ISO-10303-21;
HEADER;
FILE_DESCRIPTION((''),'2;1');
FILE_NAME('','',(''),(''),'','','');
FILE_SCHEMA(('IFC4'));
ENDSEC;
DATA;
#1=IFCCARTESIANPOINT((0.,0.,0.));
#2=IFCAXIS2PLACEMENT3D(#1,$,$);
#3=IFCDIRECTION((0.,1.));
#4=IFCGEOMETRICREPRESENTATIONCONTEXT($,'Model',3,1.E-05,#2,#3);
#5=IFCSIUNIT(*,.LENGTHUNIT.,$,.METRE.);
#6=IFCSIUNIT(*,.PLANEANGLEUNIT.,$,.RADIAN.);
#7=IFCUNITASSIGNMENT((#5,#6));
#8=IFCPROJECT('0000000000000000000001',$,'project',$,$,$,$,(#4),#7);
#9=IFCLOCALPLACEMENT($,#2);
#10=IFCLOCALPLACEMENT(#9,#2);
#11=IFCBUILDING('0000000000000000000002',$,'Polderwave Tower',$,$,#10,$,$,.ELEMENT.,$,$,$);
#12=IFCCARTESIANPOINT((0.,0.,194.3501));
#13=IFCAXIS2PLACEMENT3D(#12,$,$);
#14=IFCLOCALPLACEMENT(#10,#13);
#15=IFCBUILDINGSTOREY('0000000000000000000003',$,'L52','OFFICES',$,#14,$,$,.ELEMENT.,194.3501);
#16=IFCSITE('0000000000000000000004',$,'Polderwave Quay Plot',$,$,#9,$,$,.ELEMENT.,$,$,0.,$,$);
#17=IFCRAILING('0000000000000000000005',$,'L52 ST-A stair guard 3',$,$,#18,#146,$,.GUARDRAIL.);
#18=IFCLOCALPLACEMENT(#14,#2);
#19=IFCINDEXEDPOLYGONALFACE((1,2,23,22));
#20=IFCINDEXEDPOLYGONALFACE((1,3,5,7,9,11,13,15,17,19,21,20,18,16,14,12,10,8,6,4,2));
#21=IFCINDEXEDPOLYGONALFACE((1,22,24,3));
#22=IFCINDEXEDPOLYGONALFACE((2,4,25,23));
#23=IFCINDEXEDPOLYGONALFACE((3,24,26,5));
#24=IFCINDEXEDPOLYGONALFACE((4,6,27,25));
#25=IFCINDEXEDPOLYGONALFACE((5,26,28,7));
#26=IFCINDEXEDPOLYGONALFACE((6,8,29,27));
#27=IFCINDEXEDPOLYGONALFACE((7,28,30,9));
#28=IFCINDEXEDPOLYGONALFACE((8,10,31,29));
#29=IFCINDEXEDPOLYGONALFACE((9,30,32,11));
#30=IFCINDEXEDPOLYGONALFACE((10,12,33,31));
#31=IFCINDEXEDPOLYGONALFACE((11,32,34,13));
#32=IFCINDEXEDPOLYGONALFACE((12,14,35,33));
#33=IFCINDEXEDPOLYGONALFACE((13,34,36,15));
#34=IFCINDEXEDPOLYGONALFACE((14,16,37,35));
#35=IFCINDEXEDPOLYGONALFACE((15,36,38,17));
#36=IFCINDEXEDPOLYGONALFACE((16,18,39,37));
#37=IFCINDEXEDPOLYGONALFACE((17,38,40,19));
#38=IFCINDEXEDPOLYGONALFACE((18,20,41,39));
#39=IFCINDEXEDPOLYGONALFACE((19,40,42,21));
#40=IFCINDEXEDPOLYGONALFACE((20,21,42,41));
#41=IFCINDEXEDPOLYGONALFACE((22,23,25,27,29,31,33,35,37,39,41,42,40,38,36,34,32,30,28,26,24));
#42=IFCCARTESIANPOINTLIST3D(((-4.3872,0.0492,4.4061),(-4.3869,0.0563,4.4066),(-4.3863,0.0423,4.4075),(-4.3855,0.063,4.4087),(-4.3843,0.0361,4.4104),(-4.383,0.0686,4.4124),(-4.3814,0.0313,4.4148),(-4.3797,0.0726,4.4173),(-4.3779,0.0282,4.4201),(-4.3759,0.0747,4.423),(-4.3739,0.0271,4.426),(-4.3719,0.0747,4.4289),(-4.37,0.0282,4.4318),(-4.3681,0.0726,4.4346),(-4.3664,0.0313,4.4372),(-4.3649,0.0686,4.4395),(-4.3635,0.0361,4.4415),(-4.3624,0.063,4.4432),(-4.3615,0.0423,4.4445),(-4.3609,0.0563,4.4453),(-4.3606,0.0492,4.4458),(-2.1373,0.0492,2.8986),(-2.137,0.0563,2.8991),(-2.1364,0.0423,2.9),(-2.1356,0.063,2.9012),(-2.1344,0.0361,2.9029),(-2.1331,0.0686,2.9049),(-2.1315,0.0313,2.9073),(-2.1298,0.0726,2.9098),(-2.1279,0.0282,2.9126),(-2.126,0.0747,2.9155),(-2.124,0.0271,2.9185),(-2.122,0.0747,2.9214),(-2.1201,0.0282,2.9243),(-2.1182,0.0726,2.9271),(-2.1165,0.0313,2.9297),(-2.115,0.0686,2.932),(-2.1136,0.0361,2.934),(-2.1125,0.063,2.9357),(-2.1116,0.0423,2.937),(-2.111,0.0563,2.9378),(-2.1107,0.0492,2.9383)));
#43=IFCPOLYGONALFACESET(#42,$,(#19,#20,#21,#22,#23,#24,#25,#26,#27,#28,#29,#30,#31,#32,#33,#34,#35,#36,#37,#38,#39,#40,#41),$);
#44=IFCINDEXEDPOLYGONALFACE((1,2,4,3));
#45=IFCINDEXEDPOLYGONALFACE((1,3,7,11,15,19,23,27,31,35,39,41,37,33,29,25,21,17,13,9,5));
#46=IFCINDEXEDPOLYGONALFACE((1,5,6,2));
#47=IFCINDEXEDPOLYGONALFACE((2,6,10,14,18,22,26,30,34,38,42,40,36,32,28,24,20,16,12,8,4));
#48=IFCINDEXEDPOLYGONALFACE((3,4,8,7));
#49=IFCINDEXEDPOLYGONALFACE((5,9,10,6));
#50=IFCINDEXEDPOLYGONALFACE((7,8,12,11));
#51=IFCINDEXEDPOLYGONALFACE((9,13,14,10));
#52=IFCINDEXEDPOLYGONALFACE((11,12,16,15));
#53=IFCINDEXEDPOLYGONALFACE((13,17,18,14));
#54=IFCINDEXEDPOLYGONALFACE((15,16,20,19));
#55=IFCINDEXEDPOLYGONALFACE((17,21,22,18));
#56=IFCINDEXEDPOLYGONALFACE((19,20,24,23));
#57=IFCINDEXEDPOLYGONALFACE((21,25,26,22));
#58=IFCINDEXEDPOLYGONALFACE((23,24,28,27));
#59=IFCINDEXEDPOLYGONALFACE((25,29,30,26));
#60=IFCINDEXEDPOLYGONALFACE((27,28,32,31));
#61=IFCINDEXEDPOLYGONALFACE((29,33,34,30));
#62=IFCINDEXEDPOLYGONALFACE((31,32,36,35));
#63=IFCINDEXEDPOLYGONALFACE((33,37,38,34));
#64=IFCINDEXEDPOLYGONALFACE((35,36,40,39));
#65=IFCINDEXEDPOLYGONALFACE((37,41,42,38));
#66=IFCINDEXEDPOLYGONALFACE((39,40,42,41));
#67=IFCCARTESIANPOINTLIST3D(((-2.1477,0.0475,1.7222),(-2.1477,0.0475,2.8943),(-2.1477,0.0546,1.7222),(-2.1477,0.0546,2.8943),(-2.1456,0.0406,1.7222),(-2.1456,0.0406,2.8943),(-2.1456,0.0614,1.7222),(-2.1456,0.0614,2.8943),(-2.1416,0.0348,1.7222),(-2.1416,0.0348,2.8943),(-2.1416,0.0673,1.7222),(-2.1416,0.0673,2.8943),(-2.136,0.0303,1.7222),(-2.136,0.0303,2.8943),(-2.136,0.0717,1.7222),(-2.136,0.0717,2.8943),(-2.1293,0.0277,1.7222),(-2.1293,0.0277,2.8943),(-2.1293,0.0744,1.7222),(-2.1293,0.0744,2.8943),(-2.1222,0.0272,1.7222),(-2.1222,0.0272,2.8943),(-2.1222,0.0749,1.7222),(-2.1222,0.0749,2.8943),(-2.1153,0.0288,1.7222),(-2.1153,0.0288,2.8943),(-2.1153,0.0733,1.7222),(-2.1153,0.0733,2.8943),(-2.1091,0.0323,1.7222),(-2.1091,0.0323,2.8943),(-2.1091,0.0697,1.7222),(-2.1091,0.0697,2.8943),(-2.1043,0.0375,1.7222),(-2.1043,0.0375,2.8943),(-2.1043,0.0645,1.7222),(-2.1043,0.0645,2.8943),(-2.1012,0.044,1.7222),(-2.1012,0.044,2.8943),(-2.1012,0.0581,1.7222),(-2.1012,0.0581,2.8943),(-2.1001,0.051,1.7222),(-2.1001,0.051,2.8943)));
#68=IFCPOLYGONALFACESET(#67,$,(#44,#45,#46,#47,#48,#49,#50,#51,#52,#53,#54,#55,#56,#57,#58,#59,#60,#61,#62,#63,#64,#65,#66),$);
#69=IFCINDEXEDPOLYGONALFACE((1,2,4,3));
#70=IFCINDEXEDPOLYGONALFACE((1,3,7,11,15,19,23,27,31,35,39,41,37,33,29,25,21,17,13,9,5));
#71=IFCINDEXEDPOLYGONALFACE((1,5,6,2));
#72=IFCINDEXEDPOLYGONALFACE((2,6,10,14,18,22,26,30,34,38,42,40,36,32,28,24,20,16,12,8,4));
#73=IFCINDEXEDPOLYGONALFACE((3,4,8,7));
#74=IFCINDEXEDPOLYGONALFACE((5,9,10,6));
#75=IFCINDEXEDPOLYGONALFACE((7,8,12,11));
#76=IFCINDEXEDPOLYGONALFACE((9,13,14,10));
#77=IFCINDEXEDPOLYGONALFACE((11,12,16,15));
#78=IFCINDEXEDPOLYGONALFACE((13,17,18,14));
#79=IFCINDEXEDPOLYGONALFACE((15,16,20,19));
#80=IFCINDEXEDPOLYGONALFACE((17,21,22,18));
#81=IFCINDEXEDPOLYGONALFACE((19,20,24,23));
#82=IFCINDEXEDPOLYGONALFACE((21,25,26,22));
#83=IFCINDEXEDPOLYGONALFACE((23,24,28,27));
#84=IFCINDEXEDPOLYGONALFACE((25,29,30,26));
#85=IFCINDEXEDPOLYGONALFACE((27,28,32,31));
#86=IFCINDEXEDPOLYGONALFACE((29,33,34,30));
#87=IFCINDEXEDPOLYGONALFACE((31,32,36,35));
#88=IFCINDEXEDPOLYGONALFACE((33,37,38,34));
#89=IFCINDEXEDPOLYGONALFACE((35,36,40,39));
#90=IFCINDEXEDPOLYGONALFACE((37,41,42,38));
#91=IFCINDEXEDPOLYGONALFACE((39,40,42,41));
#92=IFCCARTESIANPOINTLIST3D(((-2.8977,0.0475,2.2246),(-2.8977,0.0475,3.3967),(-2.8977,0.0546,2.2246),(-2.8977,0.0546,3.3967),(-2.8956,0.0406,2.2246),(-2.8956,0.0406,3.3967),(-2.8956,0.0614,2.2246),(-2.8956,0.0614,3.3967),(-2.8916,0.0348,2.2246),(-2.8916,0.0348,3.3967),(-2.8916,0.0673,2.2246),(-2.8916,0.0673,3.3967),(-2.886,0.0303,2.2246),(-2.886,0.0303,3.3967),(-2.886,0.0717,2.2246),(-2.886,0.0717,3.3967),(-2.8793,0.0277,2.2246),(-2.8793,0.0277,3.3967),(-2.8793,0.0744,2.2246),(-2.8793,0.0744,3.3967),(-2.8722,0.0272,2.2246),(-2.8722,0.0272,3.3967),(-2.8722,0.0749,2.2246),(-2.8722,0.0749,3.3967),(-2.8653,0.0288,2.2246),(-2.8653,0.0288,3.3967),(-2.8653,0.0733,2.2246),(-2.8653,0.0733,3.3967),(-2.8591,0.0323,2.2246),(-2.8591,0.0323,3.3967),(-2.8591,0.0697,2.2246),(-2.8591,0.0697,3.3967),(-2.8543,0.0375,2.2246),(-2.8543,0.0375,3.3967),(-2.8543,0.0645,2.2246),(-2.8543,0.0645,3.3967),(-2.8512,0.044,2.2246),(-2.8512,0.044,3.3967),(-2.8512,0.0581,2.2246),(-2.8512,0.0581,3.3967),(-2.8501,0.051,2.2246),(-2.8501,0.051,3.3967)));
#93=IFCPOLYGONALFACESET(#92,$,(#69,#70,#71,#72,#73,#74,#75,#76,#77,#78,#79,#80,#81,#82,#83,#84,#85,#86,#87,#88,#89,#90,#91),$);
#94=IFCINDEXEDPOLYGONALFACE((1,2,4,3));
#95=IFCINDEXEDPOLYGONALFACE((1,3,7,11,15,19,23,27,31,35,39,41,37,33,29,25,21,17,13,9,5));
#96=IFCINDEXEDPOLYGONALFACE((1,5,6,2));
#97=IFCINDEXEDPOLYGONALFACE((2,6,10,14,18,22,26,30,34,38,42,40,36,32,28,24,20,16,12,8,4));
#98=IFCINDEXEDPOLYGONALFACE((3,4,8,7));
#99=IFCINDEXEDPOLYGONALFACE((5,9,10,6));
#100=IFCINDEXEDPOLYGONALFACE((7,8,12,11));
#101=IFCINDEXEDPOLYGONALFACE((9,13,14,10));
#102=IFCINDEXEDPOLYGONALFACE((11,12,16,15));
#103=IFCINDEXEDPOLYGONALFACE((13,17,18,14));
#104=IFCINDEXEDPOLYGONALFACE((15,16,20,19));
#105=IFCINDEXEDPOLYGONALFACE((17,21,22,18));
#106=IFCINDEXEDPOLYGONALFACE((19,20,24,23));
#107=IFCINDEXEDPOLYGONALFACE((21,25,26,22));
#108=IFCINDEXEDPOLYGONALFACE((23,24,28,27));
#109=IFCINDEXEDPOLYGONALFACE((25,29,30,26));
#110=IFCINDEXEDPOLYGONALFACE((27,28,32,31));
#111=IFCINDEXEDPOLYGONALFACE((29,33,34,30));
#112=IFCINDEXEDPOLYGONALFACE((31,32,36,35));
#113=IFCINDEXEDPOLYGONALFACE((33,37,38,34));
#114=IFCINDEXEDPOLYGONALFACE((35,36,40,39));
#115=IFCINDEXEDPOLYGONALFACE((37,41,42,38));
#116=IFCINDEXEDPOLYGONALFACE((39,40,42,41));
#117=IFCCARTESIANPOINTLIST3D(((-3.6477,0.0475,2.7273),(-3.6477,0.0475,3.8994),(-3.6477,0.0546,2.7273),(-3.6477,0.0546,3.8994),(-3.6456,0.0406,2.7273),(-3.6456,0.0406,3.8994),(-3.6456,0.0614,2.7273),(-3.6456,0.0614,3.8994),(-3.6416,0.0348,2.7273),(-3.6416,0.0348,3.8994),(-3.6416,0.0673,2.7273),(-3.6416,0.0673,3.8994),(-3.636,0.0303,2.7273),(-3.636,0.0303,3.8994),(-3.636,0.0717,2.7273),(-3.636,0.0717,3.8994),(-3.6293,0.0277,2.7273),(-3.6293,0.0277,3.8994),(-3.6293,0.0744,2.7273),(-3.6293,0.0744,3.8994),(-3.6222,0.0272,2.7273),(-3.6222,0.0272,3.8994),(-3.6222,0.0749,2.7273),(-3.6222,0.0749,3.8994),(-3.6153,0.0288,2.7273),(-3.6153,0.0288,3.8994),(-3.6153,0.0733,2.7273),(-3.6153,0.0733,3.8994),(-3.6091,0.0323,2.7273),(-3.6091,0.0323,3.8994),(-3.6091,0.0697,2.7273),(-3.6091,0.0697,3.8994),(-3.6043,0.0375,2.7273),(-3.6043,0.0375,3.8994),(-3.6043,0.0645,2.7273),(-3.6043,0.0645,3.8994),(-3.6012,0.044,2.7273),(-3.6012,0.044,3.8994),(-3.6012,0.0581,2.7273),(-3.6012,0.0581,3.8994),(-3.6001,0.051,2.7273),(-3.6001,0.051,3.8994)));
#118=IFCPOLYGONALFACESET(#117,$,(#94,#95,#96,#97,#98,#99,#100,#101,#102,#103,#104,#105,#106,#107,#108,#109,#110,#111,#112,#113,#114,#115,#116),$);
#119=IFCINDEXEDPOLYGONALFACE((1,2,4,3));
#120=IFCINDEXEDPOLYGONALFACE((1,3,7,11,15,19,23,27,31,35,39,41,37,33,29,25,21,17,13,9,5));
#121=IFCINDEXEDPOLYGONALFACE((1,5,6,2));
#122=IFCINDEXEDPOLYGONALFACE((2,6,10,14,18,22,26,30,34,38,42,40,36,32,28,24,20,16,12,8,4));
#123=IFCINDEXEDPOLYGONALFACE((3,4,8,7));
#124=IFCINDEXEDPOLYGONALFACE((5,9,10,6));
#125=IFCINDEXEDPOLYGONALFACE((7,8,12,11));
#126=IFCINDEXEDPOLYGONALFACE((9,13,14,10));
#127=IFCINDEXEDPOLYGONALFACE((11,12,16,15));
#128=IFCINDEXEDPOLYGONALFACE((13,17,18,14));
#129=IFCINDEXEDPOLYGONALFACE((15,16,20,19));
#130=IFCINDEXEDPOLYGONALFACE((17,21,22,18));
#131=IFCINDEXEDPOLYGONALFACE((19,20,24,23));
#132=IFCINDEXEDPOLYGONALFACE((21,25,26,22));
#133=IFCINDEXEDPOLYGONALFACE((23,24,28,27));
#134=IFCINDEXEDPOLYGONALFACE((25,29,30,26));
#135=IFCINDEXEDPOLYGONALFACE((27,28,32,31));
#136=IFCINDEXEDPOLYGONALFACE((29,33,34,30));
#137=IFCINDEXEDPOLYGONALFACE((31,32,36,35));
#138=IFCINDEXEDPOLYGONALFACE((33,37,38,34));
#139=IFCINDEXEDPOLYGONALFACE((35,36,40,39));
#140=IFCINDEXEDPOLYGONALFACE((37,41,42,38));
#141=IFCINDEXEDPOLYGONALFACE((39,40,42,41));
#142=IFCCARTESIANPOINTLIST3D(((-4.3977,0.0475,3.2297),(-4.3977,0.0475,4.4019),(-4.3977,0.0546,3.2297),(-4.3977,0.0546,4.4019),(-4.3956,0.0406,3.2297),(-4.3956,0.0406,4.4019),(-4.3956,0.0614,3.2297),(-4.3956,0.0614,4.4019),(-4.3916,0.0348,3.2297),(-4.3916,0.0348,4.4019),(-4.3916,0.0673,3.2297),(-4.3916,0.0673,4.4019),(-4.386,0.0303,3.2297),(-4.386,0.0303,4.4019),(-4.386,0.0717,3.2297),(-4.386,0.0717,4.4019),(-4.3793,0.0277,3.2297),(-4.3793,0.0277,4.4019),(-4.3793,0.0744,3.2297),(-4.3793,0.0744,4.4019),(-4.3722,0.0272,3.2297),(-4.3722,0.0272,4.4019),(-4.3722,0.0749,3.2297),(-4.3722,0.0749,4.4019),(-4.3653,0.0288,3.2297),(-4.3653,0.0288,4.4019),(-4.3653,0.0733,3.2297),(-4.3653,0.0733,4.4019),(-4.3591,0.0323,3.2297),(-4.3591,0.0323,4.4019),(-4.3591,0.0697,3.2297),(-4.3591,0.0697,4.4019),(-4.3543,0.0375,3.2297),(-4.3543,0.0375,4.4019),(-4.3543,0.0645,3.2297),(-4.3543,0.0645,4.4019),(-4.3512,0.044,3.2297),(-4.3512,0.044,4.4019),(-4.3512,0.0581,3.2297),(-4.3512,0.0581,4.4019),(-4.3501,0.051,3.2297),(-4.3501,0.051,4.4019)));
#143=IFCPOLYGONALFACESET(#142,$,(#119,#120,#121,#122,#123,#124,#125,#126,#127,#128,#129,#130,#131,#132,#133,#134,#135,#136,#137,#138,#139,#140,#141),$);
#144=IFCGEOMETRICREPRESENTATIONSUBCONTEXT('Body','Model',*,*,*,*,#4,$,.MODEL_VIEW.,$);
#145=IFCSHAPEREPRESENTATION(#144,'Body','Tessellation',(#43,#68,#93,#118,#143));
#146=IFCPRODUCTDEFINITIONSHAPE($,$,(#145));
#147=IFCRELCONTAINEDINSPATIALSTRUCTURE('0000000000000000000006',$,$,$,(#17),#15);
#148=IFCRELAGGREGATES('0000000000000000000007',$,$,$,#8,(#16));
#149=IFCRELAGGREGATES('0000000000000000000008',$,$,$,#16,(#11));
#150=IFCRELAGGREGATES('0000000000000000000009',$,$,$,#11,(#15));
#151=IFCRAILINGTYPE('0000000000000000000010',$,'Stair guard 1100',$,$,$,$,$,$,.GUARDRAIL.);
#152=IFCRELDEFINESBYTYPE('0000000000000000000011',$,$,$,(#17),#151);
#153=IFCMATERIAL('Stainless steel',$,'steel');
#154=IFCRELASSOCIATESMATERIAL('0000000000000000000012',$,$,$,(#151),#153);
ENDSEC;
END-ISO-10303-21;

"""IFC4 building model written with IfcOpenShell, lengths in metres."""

from ifc_helpers import new_model, si_unit, direction, frame, origin, origin_2d, place, context, subcontext, project, spatial, circle, extrude, material, type_object, element, save


model = new_model("IFC4")

# Units and contexts
model_context = context("Model", 3, precision=1e-05, world=origin(), true_north=direction((0.0, 1.0)))
body_context = subcontext(model_context, "Body", "Model", "MODEL_VIEW")
ifc_project = project(units=[si_unit("LENGTHUNIT", "METRE"), si_unit("PLANEANGLEUNIT", "RADIAN")], contexts=[model_context])

# Site, building, storey
site_placement = place(None, origin())
site = spatial("IfcSite", under=ifc_project, at=site_placement, Name="Polderwave Quay Plot", CompositionType="ELEMENT", RefElevation=0.0)
building_placement = place(site_placement, origin())
building = spatial("IfcBuilding", under=site, at=building_placement, Name="Polderwave Tower", CompositionType="ELEMENT")
storey_placement = place(building_placement, frame((0.0, 0.0, 194.3501)))
storey = spatial("IfcBuildingStorey", under=building, at=storey_placement, Name="L52", Description="OFFICES", CompositionType="ELEMENT", Elevation=194.3501)

# Shared definitions
ifc_material_1 = material(Name="Stainless steel", Category="steel")

# Railing
railing_type_1 = type_object("IfcRailingType", Name="Stair guard 1100", PredefinedType="GUARDRAIL", material=ifc_material_1)
railing_1_placement = place(storey_placement, frame((-2.124, 0.051, 1.7222)))
element("IfcRailing", 1, at=railing_1_placement, inside=storey, type_object=railing_type_1, Name="L52 ST-A stair guard 3", PredefinedType="GUARDRAIL", context=body_context, shape_type="SweptSolid", body=[
    extrude(circle(Radius=0.0239, at=origin_2d()), frame((0.0, 0.0, 1.1963), z_axis=(-0.830758, 0.0, 0.556633), x_axis=(0.0, -1.0, 0.0)), (0.0, 0.0, 1.0), 2.7083),
    extrude(circle(Radius=0.0239, at=origin_2d()), origin(), (0.0, 0.0, 1.0), 1.1721),
    extrude(circle(Radius=0.0239, at=origin_2d()), frame((-0.75, 0.0, 0.5024)), (0.0, 0.0, 1.0), 1.1721),
    extrude(circle(Radius=0.0239, at=origin_2d()), frame((-1.5, 0.0, 1.0051)), (0.0, 0.0, 1.0), 1.1721),
    extrude(circle(Radius=0.0239, at=origin_2d()), frame((-2.25, 0.0, 1.5076)), (0.0, 0.0, 1.0), 1.1721),
])

save(model, "model.ifc")
